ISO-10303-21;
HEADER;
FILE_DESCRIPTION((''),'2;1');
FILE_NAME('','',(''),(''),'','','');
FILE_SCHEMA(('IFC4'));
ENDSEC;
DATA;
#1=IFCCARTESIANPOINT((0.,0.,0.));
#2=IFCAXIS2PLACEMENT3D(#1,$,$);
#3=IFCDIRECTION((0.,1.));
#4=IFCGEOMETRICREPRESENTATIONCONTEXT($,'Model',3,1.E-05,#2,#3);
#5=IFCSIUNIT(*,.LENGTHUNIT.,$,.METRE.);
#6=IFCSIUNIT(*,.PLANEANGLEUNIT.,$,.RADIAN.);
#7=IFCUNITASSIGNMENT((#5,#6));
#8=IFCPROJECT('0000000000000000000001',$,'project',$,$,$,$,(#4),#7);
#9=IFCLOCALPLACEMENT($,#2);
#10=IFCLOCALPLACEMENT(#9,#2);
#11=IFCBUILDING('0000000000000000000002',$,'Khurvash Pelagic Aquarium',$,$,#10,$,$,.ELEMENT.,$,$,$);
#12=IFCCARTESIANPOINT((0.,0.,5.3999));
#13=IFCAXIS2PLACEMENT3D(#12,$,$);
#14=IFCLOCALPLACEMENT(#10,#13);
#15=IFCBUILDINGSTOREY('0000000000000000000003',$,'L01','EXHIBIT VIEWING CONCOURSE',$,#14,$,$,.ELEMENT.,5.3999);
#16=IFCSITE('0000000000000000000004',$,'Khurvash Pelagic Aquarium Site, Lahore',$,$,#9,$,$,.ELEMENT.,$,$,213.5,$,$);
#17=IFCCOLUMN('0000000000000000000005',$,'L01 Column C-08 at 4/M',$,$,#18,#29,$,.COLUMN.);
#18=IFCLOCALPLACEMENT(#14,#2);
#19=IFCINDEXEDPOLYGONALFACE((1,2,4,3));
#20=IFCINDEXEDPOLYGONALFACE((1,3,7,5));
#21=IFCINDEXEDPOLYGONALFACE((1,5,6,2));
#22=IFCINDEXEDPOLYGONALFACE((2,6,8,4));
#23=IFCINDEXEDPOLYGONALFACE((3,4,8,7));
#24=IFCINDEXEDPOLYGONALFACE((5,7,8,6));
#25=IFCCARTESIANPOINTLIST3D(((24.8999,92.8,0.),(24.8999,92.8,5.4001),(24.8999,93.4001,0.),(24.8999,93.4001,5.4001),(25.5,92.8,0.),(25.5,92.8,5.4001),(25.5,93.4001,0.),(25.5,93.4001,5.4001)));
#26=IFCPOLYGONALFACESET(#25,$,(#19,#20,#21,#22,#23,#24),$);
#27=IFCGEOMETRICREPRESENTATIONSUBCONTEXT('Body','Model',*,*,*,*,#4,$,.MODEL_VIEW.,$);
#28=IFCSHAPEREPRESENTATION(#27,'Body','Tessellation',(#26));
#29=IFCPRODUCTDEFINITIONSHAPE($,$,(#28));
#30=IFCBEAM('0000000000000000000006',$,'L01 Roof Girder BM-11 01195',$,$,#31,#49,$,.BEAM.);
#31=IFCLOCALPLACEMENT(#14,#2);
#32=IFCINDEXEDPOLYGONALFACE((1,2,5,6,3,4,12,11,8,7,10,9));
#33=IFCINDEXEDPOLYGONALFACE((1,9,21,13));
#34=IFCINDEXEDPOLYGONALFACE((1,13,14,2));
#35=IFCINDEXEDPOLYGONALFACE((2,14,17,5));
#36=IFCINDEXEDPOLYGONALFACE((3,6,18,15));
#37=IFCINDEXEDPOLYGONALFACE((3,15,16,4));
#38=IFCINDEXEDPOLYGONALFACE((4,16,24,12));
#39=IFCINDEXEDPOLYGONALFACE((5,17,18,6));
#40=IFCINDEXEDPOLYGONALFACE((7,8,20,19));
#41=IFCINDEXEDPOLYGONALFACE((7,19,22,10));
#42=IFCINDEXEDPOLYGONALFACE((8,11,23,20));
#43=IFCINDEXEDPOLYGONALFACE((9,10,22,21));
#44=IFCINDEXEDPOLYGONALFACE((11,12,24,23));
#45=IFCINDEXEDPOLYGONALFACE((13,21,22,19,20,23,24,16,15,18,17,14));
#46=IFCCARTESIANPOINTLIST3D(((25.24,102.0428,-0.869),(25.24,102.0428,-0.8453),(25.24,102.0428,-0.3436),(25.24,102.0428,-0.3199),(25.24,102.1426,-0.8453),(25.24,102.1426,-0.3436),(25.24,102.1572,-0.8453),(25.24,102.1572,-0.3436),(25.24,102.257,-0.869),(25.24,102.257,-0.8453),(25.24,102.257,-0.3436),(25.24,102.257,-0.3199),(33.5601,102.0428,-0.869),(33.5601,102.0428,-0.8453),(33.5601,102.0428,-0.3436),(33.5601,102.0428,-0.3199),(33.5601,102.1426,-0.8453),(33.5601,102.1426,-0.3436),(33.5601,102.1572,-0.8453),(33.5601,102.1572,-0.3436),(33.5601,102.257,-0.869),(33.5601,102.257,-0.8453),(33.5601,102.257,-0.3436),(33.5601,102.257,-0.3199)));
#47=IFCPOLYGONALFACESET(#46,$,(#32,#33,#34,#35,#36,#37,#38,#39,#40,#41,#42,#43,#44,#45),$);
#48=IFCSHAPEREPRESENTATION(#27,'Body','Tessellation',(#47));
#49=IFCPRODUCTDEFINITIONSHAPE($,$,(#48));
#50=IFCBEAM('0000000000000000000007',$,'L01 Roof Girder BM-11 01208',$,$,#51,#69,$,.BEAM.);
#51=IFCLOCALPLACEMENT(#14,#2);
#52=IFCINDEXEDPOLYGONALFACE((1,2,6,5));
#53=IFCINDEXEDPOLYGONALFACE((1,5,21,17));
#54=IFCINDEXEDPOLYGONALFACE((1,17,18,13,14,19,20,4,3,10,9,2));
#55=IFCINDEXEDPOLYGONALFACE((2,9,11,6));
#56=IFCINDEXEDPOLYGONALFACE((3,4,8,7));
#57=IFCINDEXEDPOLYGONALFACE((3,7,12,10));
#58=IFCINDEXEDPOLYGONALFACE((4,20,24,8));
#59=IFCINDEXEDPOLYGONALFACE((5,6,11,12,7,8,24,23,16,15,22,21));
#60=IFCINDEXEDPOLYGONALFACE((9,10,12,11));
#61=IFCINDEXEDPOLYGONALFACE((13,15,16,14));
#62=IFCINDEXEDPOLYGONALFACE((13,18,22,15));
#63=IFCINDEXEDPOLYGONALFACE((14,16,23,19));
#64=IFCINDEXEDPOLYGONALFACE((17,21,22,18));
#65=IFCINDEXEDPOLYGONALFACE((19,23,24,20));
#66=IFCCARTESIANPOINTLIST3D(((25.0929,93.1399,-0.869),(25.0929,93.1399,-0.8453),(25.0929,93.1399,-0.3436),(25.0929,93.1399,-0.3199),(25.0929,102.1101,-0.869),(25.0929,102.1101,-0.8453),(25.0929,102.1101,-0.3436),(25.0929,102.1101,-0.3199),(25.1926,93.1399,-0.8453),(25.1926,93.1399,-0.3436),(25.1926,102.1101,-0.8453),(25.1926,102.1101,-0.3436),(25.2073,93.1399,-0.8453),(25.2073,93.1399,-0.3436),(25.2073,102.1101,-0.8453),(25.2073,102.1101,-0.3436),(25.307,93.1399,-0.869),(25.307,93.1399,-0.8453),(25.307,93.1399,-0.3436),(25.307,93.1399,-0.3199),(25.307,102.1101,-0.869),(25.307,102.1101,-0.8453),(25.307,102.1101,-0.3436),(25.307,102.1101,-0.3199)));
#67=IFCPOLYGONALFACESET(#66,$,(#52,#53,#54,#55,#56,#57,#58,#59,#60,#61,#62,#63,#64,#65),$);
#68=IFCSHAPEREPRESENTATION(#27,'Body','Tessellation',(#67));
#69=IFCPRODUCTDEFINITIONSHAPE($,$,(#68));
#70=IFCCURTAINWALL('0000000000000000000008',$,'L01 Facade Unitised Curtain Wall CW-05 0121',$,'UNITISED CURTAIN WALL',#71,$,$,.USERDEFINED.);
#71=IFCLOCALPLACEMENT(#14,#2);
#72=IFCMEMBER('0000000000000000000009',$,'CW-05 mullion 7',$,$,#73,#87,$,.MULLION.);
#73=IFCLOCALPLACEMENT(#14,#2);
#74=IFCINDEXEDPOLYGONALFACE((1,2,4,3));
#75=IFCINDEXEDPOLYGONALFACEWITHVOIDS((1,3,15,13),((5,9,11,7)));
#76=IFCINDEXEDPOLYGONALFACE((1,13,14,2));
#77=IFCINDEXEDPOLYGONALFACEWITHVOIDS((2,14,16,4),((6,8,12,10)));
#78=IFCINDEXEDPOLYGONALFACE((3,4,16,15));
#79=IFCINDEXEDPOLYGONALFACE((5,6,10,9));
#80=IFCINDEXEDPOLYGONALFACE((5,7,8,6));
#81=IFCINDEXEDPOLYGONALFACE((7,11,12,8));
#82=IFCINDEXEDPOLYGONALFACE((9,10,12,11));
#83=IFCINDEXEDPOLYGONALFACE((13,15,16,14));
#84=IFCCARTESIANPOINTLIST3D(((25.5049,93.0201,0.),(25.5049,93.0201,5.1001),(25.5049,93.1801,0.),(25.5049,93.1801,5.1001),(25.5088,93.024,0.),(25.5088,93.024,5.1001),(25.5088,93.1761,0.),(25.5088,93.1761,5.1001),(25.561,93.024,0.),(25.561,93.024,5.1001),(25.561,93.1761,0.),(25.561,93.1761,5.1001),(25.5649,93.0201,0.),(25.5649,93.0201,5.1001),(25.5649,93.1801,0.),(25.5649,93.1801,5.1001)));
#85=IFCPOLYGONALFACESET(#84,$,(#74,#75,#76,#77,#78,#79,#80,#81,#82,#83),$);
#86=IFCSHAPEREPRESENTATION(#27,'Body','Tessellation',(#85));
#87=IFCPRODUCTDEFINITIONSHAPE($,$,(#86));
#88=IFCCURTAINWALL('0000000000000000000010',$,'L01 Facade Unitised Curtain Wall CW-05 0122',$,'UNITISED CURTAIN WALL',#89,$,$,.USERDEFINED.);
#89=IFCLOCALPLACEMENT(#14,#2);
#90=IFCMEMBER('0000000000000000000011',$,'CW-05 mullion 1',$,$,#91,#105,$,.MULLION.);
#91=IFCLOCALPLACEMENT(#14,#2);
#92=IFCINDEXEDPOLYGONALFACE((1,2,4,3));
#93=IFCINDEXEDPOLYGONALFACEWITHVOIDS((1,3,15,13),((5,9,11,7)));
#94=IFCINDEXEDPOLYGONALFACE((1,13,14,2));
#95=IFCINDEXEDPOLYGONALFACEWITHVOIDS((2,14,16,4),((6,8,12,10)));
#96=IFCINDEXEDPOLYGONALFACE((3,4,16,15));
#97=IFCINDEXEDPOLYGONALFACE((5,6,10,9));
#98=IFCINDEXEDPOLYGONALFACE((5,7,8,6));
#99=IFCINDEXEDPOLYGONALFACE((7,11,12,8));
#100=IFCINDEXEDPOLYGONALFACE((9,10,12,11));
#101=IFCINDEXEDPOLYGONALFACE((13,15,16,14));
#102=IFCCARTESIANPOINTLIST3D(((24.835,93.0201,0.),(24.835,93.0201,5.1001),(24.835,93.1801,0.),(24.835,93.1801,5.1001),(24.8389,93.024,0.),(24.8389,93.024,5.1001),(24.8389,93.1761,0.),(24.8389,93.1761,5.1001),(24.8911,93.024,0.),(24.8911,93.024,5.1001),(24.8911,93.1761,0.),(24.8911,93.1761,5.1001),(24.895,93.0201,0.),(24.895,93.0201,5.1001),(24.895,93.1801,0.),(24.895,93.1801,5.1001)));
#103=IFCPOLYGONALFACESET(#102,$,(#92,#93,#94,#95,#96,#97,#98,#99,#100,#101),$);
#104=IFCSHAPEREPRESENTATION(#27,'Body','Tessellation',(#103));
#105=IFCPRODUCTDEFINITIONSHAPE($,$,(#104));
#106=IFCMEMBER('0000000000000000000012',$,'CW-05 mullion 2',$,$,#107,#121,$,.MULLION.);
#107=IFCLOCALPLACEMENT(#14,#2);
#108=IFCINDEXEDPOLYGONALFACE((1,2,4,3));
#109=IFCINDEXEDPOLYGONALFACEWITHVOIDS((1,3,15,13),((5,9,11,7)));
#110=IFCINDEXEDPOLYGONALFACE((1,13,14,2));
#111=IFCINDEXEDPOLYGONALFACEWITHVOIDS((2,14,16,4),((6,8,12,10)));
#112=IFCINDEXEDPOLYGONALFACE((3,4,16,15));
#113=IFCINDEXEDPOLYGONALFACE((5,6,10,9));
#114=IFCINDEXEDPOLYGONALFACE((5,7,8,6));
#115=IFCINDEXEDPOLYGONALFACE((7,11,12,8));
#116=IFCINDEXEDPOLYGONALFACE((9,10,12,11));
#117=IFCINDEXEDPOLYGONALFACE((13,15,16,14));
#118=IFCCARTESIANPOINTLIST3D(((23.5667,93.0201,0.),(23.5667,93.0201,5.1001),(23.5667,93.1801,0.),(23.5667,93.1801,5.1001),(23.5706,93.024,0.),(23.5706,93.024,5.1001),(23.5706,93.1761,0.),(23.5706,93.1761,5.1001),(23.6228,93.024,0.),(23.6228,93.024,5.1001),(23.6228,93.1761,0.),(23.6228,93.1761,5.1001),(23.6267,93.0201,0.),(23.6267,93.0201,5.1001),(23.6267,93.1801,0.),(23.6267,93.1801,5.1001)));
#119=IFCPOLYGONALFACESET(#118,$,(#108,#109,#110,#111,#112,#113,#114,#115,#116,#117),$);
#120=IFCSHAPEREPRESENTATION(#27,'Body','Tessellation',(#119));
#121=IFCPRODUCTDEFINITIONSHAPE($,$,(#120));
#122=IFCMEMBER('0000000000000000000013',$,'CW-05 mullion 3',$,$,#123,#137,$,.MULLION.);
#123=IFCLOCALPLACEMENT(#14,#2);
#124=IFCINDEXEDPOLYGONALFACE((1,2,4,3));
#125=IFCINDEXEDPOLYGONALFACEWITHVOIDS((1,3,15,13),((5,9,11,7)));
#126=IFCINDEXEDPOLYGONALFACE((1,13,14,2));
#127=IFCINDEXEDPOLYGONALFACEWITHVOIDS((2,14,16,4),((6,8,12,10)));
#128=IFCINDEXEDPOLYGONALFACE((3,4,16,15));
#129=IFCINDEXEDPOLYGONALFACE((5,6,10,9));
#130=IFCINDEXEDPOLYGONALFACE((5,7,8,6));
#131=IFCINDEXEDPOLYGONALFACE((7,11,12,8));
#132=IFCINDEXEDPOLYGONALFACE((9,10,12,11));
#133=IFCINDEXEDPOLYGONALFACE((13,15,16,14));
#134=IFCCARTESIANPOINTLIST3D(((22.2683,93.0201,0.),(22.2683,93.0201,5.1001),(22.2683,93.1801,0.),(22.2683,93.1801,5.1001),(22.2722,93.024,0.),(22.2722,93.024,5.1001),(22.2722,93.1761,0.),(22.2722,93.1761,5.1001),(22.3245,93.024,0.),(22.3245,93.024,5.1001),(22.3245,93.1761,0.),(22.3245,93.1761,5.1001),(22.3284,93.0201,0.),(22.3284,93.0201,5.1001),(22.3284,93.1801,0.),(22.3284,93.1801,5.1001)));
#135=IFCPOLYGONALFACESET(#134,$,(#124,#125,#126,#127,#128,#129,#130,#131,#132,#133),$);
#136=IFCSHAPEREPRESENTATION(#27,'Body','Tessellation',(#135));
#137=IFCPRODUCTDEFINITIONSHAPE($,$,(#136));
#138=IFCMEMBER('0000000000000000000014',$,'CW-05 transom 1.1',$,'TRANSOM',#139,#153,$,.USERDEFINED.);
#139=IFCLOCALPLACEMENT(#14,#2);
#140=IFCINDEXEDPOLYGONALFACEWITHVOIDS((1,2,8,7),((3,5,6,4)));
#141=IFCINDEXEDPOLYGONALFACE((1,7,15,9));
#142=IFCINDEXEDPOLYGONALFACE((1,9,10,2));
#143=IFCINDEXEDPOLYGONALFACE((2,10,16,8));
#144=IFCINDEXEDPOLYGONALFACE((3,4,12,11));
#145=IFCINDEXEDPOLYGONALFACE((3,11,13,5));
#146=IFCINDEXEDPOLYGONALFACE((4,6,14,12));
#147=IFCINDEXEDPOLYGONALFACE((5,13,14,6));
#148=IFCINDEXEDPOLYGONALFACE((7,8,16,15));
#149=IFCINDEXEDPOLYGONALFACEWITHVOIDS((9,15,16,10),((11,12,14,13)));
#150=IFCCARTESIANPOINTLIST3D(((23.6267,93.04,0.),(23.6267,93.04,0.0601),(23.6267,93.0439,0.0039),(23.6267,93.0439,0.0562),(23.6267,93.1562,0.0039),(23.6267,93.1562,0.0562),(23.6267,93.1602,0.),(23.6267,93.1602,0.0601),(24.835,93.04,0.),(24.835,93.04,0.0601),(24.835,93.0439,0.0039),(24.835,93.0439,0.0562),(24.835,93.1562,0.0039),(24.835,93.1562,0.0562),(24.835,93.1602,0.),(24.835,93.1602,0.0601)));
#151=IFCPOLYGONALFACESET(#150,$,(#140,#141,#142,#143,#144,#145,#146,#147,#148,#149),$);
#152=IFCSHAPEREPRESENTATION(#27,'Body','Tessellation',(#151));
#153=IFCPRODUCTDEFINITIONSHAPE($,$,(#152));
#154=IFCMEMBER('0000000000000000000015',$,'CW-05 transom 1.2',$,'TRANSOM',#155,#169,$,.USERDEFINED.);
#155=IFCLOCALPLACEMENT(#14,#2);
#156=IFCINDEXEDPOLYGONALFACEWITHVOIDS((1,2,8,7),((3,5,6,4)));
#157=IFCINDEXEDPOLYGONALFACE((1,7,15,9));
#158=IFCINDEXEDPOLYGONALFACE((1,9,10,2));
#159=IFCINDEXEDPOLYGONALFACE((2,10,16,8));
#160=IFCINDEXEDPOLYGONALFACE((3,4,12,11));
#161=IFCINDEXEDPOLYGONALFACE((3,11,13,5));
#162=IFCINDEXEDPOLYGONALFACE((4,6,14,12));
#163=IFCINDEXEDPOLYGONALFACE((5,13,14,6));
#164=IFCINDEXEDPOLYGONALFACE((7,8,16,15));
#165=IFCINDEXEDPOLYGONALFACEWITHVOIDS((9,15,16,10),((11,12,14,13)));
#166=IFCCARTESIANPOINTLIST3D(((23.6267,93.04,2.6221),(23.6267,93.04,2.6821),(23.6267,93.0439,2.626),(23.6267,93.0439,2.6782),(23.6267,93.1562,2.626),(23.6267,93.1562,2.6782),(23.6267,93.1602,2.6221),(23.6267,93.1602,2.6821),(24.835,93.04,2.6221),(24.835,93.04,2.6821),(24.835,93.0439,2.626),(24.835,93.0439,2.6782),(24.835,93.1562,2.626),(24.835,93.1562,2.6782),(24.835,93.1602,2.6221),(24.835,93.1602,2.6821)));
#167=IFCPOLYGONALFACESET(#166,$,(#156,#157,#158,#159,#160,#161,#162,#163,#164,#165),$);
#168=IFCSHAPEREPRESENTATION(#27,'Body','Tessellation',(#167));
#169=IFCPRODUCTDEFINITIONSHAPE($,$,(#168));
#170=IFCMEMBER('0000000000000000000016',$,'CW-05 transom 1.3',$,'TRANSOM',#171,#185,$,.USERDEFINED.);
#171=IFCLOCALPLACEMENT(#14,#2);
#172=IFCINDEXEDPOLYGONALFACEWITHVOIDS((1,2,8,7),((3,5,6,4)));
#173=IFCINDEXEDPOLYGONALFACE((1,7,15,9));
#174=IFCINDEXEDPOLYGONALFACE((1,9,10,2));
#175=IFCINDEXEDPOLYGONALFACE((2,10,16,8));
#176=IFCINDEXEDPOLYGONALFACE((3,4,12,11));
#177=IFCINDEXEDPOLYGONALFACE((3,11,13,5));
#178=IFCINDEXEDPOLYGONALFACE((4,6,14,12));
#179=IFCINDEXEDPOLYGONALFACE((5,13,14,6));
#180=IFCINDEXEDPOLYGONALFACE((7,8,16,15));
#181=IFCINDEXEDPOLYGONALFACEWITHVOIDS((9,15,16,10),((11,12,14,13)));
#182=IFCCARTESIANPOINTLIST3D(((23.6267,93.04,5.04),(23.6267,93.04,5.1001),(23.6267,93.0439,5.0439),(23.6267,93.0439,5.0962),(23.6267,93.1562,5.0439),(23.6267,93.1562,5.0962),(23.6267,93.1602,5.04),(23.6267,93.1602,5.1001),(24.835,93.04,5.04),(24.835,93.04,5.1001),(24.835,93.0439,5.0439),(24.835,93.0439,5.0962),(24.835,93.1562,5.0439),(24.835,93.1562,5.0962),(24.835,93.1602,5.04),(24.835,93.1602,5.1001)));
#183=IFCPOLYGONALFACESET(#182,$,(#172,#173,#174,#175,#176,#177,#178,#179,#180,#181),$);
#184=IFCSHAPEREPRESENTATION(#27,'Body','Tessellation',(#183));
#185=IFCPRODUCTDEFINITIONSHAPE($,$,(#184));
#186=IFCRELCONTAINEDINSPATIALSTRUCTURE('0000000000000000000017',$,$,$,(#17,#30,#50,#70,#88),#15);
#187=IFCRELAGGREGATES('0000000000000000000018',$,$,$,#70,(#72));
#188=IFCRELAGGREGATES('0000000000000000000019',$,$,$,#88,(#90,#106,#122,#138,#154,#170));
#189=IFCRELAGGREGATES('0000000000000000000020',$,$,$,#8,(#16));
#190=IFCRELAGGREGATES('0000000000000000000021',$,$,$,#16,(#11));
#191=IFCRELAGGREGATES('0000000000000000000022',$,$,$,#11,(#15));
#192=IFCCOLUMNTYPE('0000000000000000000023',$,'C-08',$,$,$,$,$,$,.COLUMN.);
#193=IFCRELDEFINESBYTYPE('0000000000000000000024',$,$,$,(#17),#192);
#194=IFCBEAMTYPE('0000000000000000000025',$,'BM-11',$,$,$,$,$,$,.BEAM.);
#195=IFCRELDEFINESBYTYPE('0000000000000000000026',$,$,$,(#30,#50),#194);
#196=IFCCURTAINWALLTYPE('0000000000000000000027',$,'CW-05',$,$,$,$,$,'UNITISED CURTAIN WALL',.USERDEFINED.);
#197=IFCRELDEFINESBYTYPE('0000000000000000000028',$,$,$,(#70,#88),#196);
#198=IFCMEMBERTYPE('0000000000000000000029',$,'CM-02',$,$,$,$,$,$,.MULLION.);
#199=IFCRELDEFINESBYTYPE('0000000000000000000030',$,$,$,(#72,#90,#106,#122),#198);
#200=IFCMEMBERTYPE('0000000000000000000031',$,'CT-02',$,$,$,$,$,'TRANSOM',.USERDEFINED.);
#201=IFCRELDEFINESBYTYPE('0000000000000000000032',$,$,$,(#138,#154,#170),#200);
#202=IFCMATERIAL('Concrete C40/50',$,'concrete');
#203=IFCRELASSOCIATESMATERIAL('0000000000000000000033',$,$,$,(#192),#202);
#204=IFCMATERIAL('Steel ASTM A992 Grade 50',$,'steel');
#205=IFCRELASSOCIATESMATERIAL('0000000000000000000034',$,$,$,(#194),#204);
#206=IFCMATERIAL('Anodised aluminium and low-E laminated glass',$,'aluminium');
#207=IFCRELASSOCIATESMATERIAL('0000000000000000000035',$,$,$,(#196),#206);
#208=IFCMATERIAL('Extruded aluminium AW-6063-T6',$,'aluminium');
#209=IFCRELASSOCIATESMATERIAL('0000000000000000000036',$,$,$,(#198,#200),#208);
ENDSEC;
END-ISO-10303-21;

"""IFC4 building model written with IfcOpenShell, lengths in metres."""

from ifc_helpers import new_model, si_unit, direction, frame, origin, origin_2d, place, context, subcontext, project, spatial, rectangle, hollow_rectangle, i_section, extrude, material, material_profile, profile_set, type_object, element, aggregate, save


model = new_model("IFC4")

# Units and contexts
model_context = context("Model", 3, precision=1e-05, world=origin(), true_north=direction((0.0, 1.0)))
body_context = subcontext(model_context, "Body", "Model", "MODEL_VIEW")
ifc_project = project(units=[si_unit("LENGTHUNIT", "METRE"), si_unit("PLANEANGLEUNIT", "RADIAN")], contexts=[model_context])

# Site, building, storey
site_placement = place(None, origin())
site = spatial("IfcSite", under=ifc_project, at=site_placement, Name="Khurvash Pelagic Aquarium Site, Lahore", CompositionType="ELEMENT", RefElevation=213.5)
building_placement = place(site_placement, origin())
building = spatial("IfcBuilding", under=site, at=building_placement, Name="Khurvash Pelagic Aquarium", CompositionType="ELEMENT")
storey_placement = place(building_placement, frame((0.0, 0.0, 5.3999)))
storey = spatial("IfcBuildingStorey", under=building, at=storey_placement, Name="L01", Description="EXHIBIT VIEWING CONCOURSE", CompositionType="ELEMENT", Elevation=5.3999)

# Column
ifc_material_1 = material(Name="Concrete C40/50", Category="concrete")
ifc_material_profile_1 = material_profile(ifc_material_1, rectangle(XDim=0.6001, YDim=0.6001, at=origin_2d()), Name="RC600X600")
ifc_profile_set_1 = profile_set([ifc_material_profile_1], Name="Concrete C40/50")
column_type = type_object("IfcColumnType", Name="C-08", PredefinedType="COLUMN", material=ifc_profile_set_1)
column_placement = place(storey_placement, frame((25.2, 93.1001, 0.0), z_axis=(0.0, 0.0, 1.0), x_axis=(1.0, 0.0, 0.0)))
element("IfcColumn", 1, at=column_placement, inside=storey, type_object=column_type, Name="L01 Column C-08 at 4/M", PredefinedType="COLUMN", context=body_context, shape_type="SweptSolid", body=[
    extrude(rectangle(XDim=0.6001, YDim=0.6001, at=origin_2d()), origin(), (0.0, 0.0, 1.0), 5.4001),
])

# Beams
ifc_material_2 = material(Name="Steel ASTM A992 Grade 50", Category="steel")
ifc_material_profile_2 = material_profile(ifc_material_2, i_section(OverallWidth=0.2141, OverallDepth=0.5491, WebThickness=0.0146, FlangeThickness=0.0237, at=origin_2d()), Name="W21X93")
ifc_profile_set_2 = profile_set([ifc_material_profile_2], Name="Steel ASTM A992 Grade 50")
beam_type_1 = type_object("IfcBeamType", Name="BM-11", PredefinedType="BEAM", material=ifc_profile_set_2)
beam_1_placement = place(storey_placement, frame((25.24, 102.1499, -0.5945), z_axis=(1.0, 0.0, 0.0), x_axis=(0.0, 1.0, 0.0)))
element("IfcBeam", 2, at=beam_1_placement, inside=storey, type_object=beam_type_1, Name="L01 Roof Girder BM-11 01195", PredefinedType="BEAM", context=body_context, shape_type="SweptSolid", body=[
    extrude(i_section(OverallWidth=0.2141, OverallDepth=0.5491, WebThickness=0.0146, FlangeThickness=0.0237, at=origin_2d()), origin(), (0.0, 0.0, 1.0), 8.3201),
])
beam_2_placement = place(storey_placement, frame((25.2, 93.1399, -0.5945), z_axis=(0.0, 1.0, 0.0), x_axis=(-1.0, 0.0, 0.0)))
element("IfcBeam", 3, at=beam_2_placement, inside=storey, type_object=beam_type_1, Name="L01 Roof Girder BM-11 01208", PredefinedType="BEAM", context=body_context, shape_type="SweptSolid", body=[
    extrude(i_section(OverallWidth=0.2141, OverallDepth=0.5491, WebThickness=0.0146, FlangeThickness=0.0237, at=origin_2d()), origin(), (0.0, 0.0, 1.0), 8.9702),
])

# Curtain wall, member
ifc_material_3 = material(Name="Anodised aluminium and low-E laminated glass", Category="aluminium")
curtain_wall_type = type_object("IfcCurtainWallType", Name="CW-05", ElementType="UNITISED CURTAIN WALL", PredefinedType="USERDEFINED", material=ifc_material_3)
curtain_wall_1_placement = place(storey_placement, origin())
curtain_wall_1 = element("IfcCurtainWall", 4, at=curtain_wall_1_placement, inside=storey, type_object=curtain_wall_type, Name="L01 Facade Unitised Curtain Wall CW-05 0121", ObjectType="UNITISED CURTAIN WALL", PredefinedType="USERDEFINED")
ifc_material_4 = material(Name="Extruded aluminium AW-6063-T6", Category="aluminium")
ifc_material_profile_3 = material_profile(ifc_material_4, hollow_rectangle(XDim=0.0601, YDim=0.1599, WallThickness=0.0039, at=origin_2d()), Name="CWM60X160X4")
ifc_profile_set_3 = profile_set([ifc_material_profile_3], Name="Extruded aluminium AW-6063-T6")
member_type_1 = type_object("IfcMemberType", Name="CM-02", PredefinedType="MULLION", material=ifc_profile_set_3)
member_1_placement = place(storey_placement, frame((25.5349, 93.1001, 0.0), z_axis=(0.0, 0.0, 1.0), x_axis=(-1.0, 0.0, 0.0)))
member_1 = element("IfcMember", 5, at=member_1_placement, type_object=member_type_1, Name="CW-05 mullion 7", PredefinedType="MULLION", context=body_context, shape_type="SweptSolid", body=[
    extrude(hollow_rectangle(XDim=0.0601, YDim=0.1599, WallThickness=0.0039, at=origin_2d()), origin(), (0.0, 0.0, 1.0), 5.1001),
])

# Curtain wall, members
curtain_wall_2_placement = place(storey_placement, origin())
curtain_wall_2 = element("IfcCurtainWall", 6, at=curtain_wall_2_placement, inside=storey, type_object=curtain_wall_type, Name="L01 Facade Unitised Curtain Wall CW-05 0122", ObjectType="UNITISED CURTAIN WALL", PredefinedType="USERDEFINED")
member_2_placement = place(storey_placement, frame((24.865, 93.1001, 0.0), z_axis=(0.0, 0.0, 1.0), x_axis=(-1.0, 0.0, 0.0)))
member_2 = element("IfcMember", 7, at=member_2_placement, type_object=member_type_1, Name="CW-05 mullion 1", PredefinedType="MULLION", context=body_context, shape_type="SweptSolid", body=[
    extrude(hollow_rectangle(XDim=0.0601, YDim=0.1599, WallThickness=0.0039, at=origin_2d()), origin(), (0.0, 0.0, 1.0), 5.1001),
])
member_3_placement = place(storey_placement, frame((23.5967, 93.1001, 0.0), z_axis=(0.0, 0.0, 1.0), x_axis=(-1.0, 0.0, 0.0)))
member_3 = element("IfcMember", 8, at=member_3_placement, type_object=member_type_1, Name="CW-05 mullion 2", PredefinedType="MULLION", context=body_context, shape_type="SweptSolid", body=[
    extrude(hollow_rectangle(XDim=0.0601, YDim=0.1599, WallThickness=0.0039, at=origin_2d()), origin(), (0.0, 0.0, 1.0), 5.1001),
])
member_4_placement = place(storey_placement, frame((22.2983, 93.1001, 0.0), z_axis=(0.0, 0.0, 1.0), x_axis=(-1.0, 0.0, 0.0)))
member_4 = element("IfcMember", 9, at=member_4_placement, type_object=member_type_1, Name="CW-05 mullion 3", PredefinedType="MULLION", context=body_context, shape_type="SweptSolid", body=[
    extrude(hollow_rectangle(XDim=0.0601, YDim=0.1599, WallThickness=0.0039, at=origin_2d()), origin(), (0.0, 0.0, 1.0), 5.1001),
])
ifc_material_profile_4 = material_profile(ifc_material_4, hollow_rectangle(XDim=0.1201, YDim=0.0601, WallThickness=0.0039, at=origin_2d()), Name="CWT120X60X4")
ifc_profile_set_4 = profile_set([ifc_material_profile_4], Name="Extruded aluminium AW-6063-T6")
member_type_2 = type_object("IfcMemberType", Name="CT-02", ElementType="TRANSOM", PredefinedType="USERDEFINED", material=ifc_profile_set_4)
member_5_placement = place(storey_placement, frame((24.835, 93.1001, 0.03), z_axis=(-1.0, 0.0, 0.0), x_axis=(0.0, -1.0, 0.0)))
member_5 = element("IfcMember", 10, at=member_5_placement, type_object=member_type_2, Name="CW-05 transom 1.1", ObjectType="TRANSOM", PredefinedType="USERDEFINED", context=body_context, shape_type="SweptSolid", body=[
    extrude(hollow_rectangle(XDim=0.1201, YDim=0.0601, WallThickness=0.0039, at=origin_2d()), origin(), (0.0, 0.0, 1.0), 1.2083),
])
member_6_placement = place(storey_placement, frame((24.835, 93.1001, 2.6521), z_axis=(-1.0, 0.0, 0.0), x_axis=(0.0, -1.0, 0.0)))
member_6 = element("IfcMember", 11, at=member_6_placement, type_object=member_type_2, Name="CW-05 transom 1.2", ObjectType="TRANSOM", PredefinedType="USERDEFINED", context=body_context, shape_type="SweptSolid", body=[
    extrude(hollow_rectangle(XDim=0.1201, YDim=0.0601, WallThickness=0.0039, at=origin_2d()), origin(), (0.0, 0.0, 1.0), 1.2083),
])
member_7_placement = place(storey_placement, frame((24.835, 93.1001, 5.0701), z_axis=(-1.0, 0.0, 0.0), x_axis=(0.0, -1.0, 0.0)))
member_7 = element("IfcMember", 12, at=member_7_placement, type_object=member_type_2, Name="CW-05 transom 1.3", ObjectType="TRANSOM", PredefinedType="USERDEFINED", context=body_context, shape_type="SweptSolid", body=[
    extrude(hollow_rectangle(XDim=0.1201, YDim=0.0601, WallThickness=0.0039, at=origin_2d()), origin(), (0.0, 0.0, 1.0), 1.2083),
])

aggregate(curtain_wall_1, [member_1])
aggregate(curtain_wall_2, [member_2, member_3, member_4, member_5, member_6, member_7])

save(model, "model.ifc")
